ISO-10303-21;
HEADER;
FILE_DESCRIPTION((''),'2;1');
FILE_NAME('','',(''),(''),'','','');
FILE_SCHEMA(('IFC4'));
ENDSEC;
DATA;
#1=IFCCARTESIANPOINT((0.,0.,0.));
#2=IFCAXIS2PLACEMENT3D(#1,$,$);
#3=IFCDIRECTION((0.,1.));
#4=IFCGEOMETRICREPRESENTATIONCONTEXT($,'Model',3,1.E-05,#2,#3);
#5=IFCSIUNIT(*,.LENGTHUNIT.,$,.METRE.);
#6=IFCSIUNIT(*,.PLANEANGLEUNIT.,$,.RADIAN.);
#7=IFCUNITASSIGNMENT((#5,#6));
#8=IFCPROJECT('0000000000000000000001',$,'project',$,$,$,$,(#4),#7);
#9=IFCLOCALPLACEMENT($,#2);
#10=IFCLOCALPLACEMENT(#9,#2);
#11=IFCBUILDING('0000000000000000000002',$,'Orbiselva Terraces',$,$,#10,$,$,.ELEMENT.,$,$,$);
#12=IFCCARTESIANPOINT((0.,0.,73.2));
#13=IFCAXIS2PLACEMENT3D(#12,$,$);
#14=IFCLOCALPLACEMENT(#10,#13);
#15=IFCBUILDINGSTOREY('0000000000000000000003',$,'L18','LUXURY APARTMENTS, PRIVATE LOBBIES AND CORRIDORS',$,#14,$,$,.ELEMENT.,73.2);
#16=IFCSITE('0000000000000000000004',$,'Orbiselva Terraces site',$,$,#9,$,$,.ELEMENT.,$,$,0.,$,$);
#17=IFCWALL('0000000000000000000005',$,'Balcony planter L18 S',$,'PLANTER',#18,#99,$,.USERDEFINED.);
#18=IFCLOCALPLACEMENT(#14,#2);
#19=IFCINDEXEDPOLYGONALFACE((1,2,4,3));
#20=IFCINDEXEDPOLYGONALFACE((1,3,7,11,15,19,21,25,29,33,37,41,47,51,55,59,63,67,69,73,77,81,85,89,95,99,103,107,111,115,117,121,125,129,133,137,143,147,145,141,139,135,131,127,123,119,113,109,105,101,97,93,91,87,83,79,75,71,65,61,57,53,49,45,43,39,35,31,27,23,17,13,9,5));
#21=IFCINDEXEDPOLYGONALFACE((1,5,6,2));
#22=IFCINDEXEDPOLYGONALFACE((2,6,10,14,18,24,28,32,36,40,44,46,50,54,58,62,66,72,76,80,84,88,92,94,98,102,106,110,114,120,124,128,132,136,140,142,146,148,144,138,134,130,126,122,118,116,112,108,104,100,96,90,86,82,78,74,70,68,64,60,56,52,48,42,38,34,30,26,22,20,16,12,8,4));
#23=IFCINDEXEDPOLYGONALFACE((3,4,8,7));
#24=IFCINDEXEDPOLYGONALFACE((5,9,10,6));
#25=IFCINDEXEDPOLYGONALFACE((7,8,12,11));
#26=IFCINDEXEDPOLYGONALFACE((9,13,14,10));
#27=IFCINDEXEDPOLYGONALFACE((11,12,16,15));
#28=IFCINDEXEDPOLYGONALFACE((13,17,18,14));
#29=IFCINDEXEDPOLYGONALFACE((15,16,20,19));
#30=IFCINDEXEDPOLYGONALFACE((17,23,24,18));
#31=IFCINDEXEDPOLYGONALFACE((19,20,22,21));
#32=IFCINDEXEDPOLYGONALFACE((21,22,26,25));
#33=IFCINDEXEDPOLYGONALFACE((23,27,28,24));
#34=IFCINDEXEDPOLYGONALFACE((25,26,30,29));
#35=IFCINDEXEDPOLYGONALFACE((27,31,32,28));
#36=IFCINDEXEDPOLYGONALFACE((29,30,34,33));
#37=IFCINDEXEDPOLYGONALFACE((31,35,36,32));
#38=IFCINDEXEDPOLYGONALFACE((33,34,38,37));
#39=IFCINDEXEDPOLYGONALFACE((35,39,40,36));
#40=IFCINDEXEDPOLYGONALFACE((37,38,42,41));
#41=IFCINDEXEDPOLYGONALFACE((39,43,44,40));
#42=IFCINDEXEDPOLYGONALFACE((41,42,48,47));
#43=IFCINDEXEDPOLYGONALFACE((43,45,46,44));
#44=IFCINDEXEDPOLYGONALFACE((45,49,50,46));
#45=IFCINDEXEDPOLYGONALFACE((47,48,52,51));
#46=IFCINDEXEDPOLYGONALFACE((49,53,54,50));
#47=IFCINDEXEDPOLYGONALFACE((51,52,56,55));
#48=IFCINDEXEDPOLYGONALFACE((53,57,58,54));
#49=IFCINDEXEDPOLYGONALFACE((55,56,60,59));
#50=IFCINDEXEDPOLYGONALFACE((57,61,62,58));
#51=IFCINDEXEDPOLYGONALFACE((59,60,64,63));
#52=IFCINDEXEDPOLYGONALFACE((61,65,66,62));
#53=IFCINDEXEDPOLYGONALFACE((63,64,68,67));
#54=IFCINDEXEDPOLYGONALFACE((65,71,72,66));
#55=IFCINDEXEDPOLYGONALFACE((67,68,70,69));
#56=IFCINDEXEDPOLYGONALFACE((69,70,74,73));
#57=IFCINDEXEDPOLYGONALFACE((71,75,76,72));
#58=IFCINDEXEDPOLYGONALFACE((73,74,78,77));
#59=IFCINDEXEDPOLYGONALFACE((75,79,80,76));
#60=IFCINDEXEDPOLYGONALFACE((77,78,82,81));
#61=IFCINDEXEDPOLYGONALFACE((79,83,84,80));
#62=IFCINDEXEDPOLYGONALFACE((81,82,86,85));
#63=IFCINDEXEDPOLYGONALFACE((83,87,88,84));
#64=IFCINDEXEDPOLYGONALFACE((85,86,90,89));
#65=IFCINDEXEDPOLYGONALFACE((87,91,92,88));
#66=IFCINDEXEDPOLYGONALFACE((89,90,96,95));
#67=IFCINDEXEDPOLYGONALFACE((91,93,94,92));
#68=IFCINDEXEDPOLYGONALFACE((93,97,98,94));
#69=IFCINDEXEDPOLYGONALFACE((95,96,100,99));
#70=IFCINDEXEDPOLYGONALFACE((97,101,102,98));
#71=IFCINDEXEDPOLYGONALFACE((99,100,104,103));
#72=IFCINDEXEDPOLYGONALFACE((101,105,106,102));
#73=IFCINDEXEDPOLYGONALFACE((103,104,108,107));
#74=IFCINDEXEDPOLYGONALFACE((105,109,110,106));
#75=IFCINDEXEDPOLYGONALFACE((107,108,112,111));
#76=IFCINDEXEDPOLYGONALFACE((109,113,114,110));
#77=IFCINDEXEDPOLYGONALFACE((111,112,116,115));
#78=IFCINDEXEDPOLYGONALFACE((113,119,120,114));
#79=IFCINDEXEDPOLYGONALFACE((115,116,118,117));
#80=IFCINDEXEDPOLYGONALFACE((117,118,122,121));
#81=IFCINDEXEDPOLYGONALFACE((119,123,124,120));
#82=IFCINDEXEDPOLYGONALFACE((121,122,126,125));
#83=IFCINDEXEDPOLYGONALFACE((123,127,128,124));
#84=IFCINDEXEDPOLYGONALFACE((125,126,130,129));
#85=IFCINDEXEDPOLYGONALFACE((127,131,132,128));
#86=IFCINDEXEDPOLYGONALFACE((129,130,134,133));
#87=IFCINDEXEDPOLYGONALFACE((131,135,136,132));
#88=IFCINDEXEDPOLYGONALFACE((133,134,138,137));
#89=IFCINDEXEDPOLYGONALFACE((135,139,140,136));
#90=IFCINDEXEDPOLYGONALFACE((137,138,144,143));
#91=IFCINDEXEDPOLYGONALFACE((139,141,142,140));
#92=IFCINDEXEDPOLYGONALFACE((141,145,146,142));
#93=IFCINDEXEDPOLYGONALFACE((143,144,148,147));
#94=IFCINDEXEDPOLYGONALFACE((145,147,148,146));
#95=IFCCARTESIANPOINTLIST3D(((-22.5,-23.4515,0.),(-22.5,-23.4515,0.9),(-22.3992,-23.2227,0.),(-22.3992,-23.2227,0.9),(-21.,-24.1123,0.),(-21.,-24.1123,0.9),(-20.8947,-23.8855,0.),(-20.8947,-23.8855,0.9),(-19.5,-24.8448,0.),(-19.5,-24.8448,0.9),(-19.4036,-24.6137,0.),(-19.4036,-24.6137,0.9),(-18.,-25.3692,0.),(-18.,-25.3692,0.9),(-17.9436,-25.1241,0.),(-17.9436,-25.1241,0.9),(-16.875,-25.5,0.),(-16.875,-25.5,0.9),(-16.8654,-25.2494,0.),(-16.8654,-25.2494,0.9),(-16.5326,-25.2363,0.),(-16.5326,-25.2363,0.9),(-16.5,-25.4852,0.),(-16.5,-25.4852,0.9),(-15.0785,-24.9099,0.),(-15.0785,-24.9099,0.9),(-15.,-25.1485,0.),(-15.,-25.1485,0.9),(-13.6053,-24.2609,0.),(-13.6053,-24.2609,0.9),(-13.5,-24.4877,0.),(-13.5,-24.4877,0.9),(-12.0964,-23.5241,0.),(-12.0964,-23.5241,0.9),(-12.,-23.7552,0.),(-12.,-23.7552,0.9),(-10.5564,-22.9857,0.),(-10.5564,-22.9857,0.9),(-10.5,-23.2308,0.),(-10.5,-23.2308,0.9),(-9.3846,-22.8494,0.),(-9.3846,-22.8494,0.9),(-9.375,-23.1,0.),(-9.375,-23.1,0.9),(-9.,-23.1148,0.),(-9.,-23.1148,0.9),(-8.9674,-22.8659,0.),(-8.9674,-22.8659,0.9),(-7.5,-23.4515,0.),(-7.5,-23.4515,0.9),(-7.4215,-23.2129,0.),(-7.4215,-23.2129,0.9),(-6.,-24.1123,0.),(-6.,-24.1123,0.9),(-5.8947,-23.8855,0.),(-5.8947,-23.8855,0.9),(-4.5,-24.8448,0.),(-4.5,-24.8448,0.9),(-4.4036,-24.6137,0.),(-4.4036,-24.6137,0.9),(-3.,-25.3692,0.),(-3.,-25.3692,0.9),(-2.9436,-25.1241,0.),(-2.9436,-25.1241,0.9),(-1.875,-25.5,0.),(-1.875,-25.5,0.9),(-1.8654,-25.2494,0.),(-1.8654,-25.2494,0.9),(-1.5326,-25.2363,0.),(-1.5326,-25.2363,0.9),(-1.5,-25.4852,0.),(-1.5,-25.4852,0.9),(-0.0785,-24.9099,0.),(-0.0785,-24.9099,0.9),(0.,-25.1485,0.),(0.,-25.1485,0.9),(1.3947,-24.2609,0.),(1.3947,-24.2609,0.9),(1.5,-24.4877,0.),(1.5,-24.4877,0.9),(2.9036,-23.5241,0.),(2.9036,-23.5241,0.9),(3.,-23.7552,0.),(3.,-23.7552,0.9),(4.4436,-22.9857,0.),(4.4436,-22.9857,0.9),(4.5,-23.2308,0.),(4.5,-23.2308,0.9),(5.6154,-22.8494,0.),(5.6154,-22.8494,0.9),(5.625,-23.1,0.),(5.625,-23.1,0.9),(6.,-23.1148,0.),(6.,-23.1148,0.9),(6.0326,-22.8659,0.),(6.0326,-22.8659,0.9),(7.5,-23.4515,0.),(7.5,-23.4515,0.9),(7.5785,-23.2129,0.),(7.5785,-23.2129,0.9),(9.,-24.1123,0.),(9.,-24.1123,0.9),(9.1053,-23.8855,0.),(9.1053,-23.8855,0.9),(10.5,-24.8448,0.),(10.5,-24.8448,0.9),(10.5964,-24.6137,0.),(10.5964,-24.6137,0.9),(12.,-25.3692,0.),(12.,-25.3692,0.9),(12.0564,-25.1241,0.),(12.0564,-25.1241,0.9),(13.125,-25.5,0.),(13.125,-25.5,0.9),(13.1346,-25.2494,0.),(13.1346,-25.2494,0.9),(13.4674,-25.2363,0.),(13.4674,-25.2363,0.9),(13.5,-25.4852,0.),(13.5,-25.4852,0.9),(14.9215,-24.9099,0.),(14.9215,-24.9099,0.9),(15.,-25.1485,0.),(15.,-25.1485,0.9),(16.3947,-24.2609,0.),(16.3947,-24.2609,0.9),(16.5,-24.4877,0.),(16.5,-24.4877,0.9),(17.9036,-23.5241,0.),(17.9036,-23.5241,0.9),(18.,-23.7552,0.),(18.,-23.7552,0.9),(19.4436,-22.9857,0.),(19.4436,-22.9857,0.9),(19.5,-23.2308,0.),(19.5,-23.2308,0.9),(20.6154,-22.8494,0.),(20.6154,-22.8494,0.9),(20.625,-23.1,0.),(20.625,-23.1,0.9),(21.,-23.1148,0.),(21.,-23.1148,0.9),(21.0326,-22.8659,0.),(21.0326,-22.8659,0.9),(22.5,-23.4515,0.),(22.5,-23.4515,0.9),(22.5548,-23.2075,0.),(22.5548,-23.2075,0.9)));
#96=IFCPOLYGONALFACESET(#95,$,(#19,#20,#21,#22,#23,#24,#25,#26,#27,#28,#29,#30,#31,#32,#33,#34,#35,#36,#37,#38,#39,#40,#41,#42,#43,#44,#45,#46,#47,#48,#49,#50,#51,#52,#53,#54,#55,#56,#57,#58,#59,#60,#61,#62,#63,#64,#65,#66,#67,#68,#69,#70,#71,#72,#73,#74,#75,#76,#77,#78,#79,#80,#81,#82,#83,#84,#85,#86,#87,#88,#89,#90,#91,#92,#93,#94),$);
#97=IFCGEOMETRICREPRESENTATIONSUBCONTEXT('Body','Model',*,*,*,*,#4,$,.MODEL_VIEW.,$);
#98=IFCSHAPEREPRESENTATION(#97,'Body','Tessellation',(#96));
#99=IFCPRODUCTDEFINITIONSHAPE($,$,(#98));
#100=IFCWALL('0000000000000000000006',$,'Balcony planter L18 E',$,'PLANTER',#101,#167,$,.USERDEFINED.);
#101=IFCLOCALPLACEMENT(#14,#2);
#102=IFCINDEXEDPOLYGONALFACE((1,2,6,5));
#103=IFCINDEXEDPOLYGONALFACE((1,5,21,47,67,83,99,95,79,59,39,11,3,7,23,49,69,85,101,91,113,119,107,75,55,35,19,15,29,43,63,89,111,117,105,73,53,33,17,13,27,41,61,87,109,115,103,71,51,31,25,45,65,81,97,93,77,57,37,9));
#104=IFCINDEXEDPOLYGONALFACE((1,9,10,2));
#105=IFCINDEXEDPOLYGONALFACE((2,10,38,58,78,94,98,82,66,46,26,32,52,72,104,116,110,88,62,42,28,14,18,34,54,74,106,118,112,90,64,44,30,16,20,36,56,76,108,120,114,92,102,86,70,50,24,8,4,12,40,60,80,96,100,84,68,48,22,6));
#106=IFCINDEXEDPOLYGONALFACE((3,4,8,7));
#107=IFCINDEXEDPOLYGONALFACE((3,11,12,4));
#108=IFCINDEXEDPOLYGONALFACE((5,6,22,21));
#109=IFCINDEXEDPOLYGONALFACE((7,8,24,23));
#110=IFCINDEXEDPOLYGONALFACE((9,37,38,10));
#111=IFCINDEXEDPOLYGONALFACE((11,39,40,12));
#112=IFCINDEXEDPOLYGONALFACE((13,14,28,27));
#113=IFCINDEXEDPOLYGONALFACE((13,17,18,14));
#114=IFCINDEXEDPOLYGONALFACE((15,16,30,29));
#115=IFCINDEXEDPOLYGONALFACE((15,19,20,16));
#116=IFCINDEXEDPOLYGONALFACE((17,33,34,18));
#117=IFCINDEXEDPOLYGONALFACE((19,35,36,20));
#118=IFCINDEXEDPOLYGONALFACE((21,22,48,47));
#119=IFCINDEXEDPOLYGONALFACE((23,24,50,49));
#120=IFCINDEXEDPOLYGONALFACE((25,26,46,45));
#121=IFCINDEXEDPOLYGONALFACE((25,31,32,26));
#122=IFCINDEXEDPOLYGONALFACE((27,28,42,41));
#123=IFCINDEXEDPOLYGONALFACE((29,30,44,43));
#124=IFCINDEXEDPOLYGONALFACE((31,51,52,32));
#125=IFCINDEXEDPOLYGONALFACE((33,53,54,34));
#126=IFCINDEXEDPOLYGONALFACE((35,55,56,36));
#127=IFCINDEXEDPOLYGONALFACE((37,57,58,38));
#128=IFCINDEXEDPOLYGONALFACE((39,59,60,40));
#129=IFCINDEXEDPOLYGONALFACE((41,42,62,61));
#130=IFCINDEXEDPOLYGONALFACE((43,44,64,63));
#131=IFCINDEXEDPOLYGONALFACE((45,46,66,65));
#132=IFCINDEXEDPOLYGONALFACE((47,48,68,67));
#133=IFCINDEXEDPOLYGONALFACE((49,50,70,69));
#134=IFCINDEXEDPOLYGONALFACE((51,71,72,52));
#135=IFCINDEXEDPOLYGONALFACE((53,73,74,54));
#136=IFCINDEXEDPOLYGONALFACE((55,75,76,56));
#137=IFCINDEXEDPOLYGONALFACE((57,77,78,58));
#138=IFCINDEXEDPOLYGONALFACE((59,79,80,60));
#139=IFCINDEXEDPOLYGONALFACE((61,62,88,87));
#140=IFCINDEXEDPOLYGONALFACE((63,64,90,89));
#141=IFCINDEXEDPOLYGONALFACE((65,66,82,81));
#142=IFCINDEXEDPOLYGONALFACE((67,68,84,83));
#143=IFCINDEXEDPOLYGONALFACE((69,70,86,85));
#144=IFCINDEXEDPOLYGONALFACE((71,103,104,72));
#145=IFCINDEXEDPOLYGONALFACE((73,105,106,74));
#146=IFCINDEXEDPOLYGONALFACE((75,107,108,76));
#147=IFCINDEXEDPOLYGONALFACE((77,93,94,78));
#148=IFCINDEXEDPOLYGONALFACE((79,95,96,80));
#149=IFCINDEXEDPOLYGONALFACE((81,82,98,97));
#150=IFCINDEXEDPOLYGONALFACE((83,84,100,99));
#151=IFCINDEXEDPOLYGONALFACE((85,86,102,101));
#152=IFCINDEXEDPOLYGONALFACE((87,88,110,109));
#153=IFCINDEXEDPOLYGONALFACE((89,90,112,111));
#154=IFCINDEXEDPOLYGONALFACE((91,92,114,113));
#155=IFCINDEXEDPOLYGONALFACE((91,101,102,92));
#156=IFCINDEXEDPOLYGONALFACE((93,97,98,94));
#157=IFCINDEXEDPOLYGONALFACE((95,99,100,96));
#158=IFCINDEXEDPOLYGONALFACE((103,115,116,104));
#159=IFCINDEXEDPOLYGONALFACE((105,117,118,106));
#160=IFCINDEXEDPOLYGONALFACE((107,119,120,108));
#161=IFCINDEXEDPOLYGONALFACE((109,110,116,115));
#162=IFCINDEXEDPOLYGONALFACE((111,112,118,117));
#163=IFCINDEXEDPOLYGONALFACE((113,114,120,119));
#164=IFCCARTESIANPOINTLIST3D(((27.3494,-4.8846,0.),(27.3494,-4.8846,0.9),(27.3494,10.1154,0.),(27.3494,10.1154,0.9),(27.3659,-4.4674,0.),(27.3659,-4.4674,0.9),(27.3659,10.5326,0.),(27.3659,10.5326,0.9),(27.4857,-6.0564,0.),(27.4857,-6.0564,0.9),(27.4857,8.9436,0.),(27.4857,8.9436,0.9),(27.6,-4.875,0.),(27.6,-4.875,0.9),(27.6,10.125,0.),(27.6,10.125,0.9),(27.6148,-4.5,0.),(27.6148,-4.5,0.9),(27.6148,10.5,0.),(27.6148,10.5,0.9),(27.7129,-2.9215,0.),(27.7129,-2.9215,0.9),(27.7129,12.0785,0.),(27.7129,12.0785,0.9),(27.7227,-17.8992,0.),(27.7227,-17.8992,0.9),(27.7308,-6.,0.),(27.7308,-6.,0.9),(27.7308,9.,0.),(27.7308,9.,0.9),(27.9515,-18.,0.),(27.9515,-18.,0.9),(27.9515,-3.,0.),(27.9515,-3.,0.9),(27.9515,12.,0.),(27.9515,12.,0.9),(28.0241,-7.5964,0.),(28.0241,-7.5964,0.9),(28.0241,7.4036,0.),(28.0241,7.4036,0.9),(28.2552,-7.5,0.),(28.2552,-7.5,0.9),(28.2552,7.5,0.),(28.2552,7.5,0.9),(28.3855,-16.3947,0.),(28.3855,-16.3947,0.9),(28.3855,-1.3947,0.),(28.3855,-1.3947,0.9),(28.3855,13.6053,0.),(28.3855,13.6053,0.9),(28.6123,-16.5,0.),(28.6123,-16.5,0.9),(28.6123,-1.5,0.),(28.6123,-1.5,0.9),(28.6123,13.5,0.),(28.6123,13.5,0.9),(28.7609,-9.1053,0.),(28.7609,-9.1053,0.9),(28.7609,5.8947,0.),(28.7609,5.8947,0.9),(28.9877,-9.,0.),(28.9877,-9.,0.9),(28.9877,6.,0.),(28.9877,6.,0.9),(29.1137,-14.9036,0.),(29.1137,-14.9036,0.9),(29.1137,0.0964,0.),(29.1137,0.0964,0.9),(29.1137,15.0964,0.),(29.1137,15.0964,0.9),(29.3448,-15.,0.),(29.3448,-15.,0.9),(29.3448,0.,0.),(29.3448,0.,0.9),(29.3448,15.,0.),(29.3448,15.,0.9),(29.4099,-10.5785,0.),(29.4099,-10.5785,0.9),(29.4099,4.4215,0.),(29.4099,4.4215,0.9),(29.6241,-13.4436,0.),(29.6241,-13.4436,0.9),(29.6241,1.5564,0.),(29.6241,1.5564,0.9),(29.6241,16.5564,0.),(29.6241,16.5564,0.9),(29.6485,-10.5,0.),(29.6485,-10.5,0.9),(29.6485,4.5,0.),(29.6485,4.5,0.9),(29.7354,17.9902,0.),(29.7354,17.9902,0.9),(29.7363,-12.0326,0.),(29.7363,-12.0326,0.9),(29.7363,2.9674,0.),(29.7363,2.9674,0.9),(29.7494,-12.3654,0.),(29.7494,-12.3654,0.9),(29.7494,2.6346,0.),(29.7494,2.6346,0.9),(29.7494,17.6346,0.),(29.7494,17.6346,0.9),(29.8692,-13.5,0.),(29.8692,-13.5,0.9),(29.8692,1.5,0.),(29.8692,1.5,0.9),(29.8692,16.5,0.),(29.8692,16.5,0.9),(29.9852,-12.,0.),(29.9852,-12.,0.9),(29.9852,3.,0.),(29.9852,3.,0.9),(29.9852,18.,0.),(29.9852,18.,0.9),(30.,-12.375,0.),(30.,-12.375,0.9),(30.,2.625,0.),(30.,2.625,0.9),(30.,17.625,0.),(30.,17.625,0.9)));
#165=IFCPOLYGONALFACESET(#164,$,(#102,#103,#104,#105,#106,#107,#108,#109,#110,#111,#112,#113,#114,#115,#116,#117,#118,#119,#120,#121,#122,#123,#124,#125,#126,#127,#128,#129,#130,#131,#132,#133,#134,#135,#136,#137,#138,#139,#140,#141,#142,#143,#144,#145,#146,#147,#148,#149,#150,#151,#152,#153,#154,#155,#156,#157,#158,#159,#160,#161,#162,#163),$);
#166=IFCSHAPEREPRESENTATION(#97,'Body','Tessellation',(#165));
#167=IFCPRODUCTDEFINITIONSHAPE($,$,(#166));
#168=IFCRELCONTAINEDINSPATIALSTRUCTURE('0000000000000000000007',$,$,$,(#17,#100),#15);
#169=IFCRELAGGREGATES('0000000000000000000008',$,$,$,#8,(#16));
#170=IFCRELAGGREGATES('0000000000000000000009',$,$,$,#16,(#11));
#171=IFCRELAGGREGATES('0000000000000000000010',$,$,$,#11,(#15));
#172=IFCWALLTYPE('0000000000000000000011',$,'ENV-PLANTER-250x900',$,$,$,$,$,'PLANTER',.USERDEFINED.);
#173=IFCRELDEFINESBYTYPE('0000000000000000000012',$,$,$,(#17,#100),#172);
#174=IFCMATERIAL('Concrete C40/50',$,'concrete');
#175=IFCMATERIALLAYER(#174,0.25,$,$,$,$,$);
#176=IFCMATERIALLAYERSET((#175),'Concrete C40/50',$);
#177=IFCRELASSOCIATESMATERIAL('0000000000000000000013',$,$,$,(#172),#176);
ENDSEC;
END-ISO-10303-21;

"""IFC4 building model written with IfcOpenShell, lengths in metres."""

from ifc_helpers import new_model, si_unit, direction, frame, origin, place, context, subcontext, project, spatial, polyline, outline, extrude, material, layer, layer_set, type_object, element, save


model = new_model("IFC4")

# Units and contexts
model_context = context("Model", 3, precision=1e-05, world=origin(), true_north=direction((0.0, 1.0)))
body_context = subcontext(model_context, "Body", "Model", "MODEL_VIEW")
ifc_project = project(units=[si_unit("LENGTHUNIT", "METRE"), si_unit("PLANEANGLEUNIT", "RADIAN")], contexts=[model_context])

# Site, building, storey
site_placement = place(None, origin())
site = spatial("IfcSite", under=ifc_project, at=site_placement, Name="Orbiselva Terraces site", CompositionType="ELEMENT", RefElevation=0.0)
building_placement = place(site_placement, origin())
building = spatial("IfcBuilding", under=site, at=building_placement, Name="Orbiselva Terraces", CompositionType="ELEMENT")
storey_placement = place(building_placement, frame((0.0, 0.0, 73.2)))
storey = spatial("IfcBuildingStorey", under=building, at=storey_placement, Name="L18", Description="LUXURY APARTMENTS, PRIVATE LOBBIES AND CORRIDORS", CompositionType="ELEMENT", Elevation=73.2)

# Shared definitions
ifc_material_1 = material(Name="Concrete C40/50", Category="concrete")

# Walls
ifc_layer_1 = layer(ifc_material_1, 0.25)
ifc_layer_set_1 = layer_set([ifc_layer_1], Name="Concrete C40/50")
wall_type = type_object("IfcWallType", Name="ENV-PLANTER-250x900", ElementType="PLANTER", PredefinedType="USERDEFINED", material=ifc_layer_set_1)
wall_1_placement = place(storey_placement, origin())
element("IfcWall", 1, at=wall_1_placement, inside=storey, type_object=wall_type, Name="Balcony planter L18 S", ObjectType="PLANTER", PredefinedType="USERDEFINED", context=body_context, shape_type="SweptSolid", body=[
    extrude(outline(polyline([(-22.5, -23.4515), (-21.0, -24.1123), (-19.5, -24.8448), (-18.0, -25.3692), (-16.875, -25.5), (-16.5, -25.4852), (-15.0, -25.1485), (-13.5, -24.4877), (-12.0, -23.7552), (-10.5, -23.2308), (-9.375, -23.1), (-9.0, -23.1148), (-7.5, -23.4515), (-6.0, -24.1123), (-4.5, -24.8448), (-3.0, -25.3692), (-1.875, -25.5), (-1.5, -25.4852), (0.0, -25.1485), (1.5, -24.4877), (3.0, -23.7552), (4.5, -23.2308), (5.625, -23.1), (6.0, -23.1148), (7.5, -23.4515), (9.0, -24.1123), (10.5, -24.8448), (12.0, -25.3692), (13.125, -25.5), (13.5, -25.4852), (15.0, -25.1485), (16.5, -24.4877), (18.0, -23.7552), (19.5, -23.2308), (20.625, -23.1), (21.0, -23.1148), (22.5, -23.4515), (22.5548, -23.2075), (21.0326, -22.8659), (20.6154, -22.8494), (19.4436, -22.9857), (17.9036, -23.5241), (16.3947, -24.2609), (14.9215, -24.9099), (13.4674, -25.2363), (13.1346, -25.2494), (12.0564, -25.1241), (10.5964, -24.6137), (9.1053, -23.8855), (7.5785, -23.2129), (6.0326, -22.8659), (5.6154, -22.8494), (4.4436, -22.9857), (2.9036, -23.5241), (1.3947, -24.2609), (-0.0785, -24.9099), (-1.5326, -25.2363), (-1.8654, -25.2494), (-2.9436, -25.1241), (-4.4036, -24.6137), (-5.8947, -23.8855), (-7.4215, -23.2129), (-8.9674, -22.8659), (-9.3846, -22.8494), (-10.5564, -22.9857), (-12.0964, -23.5241), (-13.6053, -24.2609), (-15.0785, -24.9099), (-16.5326, -25.2363), (-16.8654, -25.2494), (-17.9436, -25.1241), (-19.4036, -24.6137), (-20.8947, -23.8855), (-22.3992, -23.2227), (-22.5, -23.4515)])), origin(), (0.0, 0.0, 1.0), 0.9),
])
wall_2_placement = place(storey_placement, origin())
element("IfcWall", 2, at=wall_2_placement, inside=storey, type_object=wall_type, Name="Balcony planter L18 E", ObjectType="PLANTER", PredefinedType="USERDEFINED", context=body_context, shape_type="SweptSolid", body=[
    extrude(outline(polyline([(27.9515, -18.0), (28.6123, -16.5), (29.3448, -15.0), (29.8692, -13.5), (30.0, -12.375), (29.9852, -12.0), (29.6485, -10.5), (28.9877, -9.0), (28.2552, -7.5), (27.7308, -6.0), (27.6, -4.875), (27.6148, -4.5), (27.9515, -3.0), (28.6123, -1.5), (29.3448, 0.0), (29.8692, 1.5), (30.0, 2.625), (29.9852, 3.0), (29.6485, 4.5), (28.9877, 6.0), (28.2552, 7.5), (27.7308, 9.0), (27.6, 10.125), (27.6148, 10.5), (27.9515, 12.0), (28.6123, 13.5), (29.3448, 15.0), (29.8692, 16.5), (30.0, 17.625), (29.9852, 18.0), (29.7354, 17.9902), (29.7494, 17.6346), (29.6241, 16.5564), (29.1137, 15.0964), (28.3855, 13.6053), (27.7129, 12.0785), (27.3659, 10.5326), (27.3494, 10.1154), (27.4857, 8.9436), (28.0241, 7.4036), (28.7609, 5.8947), (29.4099, 4.4215), (29.7363, 2.9674), (29.7494, 2.6346), (29.6241, 1.5564), (29.1137, 0.0964), (28.3855, -1.3947), (27.7129, -2.9215), (27.3659, -4.4674), (27.3494, -4.8846), (27.4857, -6.0564), (28.0241, -7.5964), (28.7609, -9.1053), (29.4099, -10.5785), (29.7363, -12.0326), (29.7494, -12.3654), (29.6241, -13.4436), (29.1137, -14.9036), (28.3855, -16.3947), (27.7227, -17.8992), (27.9515, -18.0)])), origin(), (0.0, 0.0, 1.0), 0.9),
])

save(model, "model.ifc")
